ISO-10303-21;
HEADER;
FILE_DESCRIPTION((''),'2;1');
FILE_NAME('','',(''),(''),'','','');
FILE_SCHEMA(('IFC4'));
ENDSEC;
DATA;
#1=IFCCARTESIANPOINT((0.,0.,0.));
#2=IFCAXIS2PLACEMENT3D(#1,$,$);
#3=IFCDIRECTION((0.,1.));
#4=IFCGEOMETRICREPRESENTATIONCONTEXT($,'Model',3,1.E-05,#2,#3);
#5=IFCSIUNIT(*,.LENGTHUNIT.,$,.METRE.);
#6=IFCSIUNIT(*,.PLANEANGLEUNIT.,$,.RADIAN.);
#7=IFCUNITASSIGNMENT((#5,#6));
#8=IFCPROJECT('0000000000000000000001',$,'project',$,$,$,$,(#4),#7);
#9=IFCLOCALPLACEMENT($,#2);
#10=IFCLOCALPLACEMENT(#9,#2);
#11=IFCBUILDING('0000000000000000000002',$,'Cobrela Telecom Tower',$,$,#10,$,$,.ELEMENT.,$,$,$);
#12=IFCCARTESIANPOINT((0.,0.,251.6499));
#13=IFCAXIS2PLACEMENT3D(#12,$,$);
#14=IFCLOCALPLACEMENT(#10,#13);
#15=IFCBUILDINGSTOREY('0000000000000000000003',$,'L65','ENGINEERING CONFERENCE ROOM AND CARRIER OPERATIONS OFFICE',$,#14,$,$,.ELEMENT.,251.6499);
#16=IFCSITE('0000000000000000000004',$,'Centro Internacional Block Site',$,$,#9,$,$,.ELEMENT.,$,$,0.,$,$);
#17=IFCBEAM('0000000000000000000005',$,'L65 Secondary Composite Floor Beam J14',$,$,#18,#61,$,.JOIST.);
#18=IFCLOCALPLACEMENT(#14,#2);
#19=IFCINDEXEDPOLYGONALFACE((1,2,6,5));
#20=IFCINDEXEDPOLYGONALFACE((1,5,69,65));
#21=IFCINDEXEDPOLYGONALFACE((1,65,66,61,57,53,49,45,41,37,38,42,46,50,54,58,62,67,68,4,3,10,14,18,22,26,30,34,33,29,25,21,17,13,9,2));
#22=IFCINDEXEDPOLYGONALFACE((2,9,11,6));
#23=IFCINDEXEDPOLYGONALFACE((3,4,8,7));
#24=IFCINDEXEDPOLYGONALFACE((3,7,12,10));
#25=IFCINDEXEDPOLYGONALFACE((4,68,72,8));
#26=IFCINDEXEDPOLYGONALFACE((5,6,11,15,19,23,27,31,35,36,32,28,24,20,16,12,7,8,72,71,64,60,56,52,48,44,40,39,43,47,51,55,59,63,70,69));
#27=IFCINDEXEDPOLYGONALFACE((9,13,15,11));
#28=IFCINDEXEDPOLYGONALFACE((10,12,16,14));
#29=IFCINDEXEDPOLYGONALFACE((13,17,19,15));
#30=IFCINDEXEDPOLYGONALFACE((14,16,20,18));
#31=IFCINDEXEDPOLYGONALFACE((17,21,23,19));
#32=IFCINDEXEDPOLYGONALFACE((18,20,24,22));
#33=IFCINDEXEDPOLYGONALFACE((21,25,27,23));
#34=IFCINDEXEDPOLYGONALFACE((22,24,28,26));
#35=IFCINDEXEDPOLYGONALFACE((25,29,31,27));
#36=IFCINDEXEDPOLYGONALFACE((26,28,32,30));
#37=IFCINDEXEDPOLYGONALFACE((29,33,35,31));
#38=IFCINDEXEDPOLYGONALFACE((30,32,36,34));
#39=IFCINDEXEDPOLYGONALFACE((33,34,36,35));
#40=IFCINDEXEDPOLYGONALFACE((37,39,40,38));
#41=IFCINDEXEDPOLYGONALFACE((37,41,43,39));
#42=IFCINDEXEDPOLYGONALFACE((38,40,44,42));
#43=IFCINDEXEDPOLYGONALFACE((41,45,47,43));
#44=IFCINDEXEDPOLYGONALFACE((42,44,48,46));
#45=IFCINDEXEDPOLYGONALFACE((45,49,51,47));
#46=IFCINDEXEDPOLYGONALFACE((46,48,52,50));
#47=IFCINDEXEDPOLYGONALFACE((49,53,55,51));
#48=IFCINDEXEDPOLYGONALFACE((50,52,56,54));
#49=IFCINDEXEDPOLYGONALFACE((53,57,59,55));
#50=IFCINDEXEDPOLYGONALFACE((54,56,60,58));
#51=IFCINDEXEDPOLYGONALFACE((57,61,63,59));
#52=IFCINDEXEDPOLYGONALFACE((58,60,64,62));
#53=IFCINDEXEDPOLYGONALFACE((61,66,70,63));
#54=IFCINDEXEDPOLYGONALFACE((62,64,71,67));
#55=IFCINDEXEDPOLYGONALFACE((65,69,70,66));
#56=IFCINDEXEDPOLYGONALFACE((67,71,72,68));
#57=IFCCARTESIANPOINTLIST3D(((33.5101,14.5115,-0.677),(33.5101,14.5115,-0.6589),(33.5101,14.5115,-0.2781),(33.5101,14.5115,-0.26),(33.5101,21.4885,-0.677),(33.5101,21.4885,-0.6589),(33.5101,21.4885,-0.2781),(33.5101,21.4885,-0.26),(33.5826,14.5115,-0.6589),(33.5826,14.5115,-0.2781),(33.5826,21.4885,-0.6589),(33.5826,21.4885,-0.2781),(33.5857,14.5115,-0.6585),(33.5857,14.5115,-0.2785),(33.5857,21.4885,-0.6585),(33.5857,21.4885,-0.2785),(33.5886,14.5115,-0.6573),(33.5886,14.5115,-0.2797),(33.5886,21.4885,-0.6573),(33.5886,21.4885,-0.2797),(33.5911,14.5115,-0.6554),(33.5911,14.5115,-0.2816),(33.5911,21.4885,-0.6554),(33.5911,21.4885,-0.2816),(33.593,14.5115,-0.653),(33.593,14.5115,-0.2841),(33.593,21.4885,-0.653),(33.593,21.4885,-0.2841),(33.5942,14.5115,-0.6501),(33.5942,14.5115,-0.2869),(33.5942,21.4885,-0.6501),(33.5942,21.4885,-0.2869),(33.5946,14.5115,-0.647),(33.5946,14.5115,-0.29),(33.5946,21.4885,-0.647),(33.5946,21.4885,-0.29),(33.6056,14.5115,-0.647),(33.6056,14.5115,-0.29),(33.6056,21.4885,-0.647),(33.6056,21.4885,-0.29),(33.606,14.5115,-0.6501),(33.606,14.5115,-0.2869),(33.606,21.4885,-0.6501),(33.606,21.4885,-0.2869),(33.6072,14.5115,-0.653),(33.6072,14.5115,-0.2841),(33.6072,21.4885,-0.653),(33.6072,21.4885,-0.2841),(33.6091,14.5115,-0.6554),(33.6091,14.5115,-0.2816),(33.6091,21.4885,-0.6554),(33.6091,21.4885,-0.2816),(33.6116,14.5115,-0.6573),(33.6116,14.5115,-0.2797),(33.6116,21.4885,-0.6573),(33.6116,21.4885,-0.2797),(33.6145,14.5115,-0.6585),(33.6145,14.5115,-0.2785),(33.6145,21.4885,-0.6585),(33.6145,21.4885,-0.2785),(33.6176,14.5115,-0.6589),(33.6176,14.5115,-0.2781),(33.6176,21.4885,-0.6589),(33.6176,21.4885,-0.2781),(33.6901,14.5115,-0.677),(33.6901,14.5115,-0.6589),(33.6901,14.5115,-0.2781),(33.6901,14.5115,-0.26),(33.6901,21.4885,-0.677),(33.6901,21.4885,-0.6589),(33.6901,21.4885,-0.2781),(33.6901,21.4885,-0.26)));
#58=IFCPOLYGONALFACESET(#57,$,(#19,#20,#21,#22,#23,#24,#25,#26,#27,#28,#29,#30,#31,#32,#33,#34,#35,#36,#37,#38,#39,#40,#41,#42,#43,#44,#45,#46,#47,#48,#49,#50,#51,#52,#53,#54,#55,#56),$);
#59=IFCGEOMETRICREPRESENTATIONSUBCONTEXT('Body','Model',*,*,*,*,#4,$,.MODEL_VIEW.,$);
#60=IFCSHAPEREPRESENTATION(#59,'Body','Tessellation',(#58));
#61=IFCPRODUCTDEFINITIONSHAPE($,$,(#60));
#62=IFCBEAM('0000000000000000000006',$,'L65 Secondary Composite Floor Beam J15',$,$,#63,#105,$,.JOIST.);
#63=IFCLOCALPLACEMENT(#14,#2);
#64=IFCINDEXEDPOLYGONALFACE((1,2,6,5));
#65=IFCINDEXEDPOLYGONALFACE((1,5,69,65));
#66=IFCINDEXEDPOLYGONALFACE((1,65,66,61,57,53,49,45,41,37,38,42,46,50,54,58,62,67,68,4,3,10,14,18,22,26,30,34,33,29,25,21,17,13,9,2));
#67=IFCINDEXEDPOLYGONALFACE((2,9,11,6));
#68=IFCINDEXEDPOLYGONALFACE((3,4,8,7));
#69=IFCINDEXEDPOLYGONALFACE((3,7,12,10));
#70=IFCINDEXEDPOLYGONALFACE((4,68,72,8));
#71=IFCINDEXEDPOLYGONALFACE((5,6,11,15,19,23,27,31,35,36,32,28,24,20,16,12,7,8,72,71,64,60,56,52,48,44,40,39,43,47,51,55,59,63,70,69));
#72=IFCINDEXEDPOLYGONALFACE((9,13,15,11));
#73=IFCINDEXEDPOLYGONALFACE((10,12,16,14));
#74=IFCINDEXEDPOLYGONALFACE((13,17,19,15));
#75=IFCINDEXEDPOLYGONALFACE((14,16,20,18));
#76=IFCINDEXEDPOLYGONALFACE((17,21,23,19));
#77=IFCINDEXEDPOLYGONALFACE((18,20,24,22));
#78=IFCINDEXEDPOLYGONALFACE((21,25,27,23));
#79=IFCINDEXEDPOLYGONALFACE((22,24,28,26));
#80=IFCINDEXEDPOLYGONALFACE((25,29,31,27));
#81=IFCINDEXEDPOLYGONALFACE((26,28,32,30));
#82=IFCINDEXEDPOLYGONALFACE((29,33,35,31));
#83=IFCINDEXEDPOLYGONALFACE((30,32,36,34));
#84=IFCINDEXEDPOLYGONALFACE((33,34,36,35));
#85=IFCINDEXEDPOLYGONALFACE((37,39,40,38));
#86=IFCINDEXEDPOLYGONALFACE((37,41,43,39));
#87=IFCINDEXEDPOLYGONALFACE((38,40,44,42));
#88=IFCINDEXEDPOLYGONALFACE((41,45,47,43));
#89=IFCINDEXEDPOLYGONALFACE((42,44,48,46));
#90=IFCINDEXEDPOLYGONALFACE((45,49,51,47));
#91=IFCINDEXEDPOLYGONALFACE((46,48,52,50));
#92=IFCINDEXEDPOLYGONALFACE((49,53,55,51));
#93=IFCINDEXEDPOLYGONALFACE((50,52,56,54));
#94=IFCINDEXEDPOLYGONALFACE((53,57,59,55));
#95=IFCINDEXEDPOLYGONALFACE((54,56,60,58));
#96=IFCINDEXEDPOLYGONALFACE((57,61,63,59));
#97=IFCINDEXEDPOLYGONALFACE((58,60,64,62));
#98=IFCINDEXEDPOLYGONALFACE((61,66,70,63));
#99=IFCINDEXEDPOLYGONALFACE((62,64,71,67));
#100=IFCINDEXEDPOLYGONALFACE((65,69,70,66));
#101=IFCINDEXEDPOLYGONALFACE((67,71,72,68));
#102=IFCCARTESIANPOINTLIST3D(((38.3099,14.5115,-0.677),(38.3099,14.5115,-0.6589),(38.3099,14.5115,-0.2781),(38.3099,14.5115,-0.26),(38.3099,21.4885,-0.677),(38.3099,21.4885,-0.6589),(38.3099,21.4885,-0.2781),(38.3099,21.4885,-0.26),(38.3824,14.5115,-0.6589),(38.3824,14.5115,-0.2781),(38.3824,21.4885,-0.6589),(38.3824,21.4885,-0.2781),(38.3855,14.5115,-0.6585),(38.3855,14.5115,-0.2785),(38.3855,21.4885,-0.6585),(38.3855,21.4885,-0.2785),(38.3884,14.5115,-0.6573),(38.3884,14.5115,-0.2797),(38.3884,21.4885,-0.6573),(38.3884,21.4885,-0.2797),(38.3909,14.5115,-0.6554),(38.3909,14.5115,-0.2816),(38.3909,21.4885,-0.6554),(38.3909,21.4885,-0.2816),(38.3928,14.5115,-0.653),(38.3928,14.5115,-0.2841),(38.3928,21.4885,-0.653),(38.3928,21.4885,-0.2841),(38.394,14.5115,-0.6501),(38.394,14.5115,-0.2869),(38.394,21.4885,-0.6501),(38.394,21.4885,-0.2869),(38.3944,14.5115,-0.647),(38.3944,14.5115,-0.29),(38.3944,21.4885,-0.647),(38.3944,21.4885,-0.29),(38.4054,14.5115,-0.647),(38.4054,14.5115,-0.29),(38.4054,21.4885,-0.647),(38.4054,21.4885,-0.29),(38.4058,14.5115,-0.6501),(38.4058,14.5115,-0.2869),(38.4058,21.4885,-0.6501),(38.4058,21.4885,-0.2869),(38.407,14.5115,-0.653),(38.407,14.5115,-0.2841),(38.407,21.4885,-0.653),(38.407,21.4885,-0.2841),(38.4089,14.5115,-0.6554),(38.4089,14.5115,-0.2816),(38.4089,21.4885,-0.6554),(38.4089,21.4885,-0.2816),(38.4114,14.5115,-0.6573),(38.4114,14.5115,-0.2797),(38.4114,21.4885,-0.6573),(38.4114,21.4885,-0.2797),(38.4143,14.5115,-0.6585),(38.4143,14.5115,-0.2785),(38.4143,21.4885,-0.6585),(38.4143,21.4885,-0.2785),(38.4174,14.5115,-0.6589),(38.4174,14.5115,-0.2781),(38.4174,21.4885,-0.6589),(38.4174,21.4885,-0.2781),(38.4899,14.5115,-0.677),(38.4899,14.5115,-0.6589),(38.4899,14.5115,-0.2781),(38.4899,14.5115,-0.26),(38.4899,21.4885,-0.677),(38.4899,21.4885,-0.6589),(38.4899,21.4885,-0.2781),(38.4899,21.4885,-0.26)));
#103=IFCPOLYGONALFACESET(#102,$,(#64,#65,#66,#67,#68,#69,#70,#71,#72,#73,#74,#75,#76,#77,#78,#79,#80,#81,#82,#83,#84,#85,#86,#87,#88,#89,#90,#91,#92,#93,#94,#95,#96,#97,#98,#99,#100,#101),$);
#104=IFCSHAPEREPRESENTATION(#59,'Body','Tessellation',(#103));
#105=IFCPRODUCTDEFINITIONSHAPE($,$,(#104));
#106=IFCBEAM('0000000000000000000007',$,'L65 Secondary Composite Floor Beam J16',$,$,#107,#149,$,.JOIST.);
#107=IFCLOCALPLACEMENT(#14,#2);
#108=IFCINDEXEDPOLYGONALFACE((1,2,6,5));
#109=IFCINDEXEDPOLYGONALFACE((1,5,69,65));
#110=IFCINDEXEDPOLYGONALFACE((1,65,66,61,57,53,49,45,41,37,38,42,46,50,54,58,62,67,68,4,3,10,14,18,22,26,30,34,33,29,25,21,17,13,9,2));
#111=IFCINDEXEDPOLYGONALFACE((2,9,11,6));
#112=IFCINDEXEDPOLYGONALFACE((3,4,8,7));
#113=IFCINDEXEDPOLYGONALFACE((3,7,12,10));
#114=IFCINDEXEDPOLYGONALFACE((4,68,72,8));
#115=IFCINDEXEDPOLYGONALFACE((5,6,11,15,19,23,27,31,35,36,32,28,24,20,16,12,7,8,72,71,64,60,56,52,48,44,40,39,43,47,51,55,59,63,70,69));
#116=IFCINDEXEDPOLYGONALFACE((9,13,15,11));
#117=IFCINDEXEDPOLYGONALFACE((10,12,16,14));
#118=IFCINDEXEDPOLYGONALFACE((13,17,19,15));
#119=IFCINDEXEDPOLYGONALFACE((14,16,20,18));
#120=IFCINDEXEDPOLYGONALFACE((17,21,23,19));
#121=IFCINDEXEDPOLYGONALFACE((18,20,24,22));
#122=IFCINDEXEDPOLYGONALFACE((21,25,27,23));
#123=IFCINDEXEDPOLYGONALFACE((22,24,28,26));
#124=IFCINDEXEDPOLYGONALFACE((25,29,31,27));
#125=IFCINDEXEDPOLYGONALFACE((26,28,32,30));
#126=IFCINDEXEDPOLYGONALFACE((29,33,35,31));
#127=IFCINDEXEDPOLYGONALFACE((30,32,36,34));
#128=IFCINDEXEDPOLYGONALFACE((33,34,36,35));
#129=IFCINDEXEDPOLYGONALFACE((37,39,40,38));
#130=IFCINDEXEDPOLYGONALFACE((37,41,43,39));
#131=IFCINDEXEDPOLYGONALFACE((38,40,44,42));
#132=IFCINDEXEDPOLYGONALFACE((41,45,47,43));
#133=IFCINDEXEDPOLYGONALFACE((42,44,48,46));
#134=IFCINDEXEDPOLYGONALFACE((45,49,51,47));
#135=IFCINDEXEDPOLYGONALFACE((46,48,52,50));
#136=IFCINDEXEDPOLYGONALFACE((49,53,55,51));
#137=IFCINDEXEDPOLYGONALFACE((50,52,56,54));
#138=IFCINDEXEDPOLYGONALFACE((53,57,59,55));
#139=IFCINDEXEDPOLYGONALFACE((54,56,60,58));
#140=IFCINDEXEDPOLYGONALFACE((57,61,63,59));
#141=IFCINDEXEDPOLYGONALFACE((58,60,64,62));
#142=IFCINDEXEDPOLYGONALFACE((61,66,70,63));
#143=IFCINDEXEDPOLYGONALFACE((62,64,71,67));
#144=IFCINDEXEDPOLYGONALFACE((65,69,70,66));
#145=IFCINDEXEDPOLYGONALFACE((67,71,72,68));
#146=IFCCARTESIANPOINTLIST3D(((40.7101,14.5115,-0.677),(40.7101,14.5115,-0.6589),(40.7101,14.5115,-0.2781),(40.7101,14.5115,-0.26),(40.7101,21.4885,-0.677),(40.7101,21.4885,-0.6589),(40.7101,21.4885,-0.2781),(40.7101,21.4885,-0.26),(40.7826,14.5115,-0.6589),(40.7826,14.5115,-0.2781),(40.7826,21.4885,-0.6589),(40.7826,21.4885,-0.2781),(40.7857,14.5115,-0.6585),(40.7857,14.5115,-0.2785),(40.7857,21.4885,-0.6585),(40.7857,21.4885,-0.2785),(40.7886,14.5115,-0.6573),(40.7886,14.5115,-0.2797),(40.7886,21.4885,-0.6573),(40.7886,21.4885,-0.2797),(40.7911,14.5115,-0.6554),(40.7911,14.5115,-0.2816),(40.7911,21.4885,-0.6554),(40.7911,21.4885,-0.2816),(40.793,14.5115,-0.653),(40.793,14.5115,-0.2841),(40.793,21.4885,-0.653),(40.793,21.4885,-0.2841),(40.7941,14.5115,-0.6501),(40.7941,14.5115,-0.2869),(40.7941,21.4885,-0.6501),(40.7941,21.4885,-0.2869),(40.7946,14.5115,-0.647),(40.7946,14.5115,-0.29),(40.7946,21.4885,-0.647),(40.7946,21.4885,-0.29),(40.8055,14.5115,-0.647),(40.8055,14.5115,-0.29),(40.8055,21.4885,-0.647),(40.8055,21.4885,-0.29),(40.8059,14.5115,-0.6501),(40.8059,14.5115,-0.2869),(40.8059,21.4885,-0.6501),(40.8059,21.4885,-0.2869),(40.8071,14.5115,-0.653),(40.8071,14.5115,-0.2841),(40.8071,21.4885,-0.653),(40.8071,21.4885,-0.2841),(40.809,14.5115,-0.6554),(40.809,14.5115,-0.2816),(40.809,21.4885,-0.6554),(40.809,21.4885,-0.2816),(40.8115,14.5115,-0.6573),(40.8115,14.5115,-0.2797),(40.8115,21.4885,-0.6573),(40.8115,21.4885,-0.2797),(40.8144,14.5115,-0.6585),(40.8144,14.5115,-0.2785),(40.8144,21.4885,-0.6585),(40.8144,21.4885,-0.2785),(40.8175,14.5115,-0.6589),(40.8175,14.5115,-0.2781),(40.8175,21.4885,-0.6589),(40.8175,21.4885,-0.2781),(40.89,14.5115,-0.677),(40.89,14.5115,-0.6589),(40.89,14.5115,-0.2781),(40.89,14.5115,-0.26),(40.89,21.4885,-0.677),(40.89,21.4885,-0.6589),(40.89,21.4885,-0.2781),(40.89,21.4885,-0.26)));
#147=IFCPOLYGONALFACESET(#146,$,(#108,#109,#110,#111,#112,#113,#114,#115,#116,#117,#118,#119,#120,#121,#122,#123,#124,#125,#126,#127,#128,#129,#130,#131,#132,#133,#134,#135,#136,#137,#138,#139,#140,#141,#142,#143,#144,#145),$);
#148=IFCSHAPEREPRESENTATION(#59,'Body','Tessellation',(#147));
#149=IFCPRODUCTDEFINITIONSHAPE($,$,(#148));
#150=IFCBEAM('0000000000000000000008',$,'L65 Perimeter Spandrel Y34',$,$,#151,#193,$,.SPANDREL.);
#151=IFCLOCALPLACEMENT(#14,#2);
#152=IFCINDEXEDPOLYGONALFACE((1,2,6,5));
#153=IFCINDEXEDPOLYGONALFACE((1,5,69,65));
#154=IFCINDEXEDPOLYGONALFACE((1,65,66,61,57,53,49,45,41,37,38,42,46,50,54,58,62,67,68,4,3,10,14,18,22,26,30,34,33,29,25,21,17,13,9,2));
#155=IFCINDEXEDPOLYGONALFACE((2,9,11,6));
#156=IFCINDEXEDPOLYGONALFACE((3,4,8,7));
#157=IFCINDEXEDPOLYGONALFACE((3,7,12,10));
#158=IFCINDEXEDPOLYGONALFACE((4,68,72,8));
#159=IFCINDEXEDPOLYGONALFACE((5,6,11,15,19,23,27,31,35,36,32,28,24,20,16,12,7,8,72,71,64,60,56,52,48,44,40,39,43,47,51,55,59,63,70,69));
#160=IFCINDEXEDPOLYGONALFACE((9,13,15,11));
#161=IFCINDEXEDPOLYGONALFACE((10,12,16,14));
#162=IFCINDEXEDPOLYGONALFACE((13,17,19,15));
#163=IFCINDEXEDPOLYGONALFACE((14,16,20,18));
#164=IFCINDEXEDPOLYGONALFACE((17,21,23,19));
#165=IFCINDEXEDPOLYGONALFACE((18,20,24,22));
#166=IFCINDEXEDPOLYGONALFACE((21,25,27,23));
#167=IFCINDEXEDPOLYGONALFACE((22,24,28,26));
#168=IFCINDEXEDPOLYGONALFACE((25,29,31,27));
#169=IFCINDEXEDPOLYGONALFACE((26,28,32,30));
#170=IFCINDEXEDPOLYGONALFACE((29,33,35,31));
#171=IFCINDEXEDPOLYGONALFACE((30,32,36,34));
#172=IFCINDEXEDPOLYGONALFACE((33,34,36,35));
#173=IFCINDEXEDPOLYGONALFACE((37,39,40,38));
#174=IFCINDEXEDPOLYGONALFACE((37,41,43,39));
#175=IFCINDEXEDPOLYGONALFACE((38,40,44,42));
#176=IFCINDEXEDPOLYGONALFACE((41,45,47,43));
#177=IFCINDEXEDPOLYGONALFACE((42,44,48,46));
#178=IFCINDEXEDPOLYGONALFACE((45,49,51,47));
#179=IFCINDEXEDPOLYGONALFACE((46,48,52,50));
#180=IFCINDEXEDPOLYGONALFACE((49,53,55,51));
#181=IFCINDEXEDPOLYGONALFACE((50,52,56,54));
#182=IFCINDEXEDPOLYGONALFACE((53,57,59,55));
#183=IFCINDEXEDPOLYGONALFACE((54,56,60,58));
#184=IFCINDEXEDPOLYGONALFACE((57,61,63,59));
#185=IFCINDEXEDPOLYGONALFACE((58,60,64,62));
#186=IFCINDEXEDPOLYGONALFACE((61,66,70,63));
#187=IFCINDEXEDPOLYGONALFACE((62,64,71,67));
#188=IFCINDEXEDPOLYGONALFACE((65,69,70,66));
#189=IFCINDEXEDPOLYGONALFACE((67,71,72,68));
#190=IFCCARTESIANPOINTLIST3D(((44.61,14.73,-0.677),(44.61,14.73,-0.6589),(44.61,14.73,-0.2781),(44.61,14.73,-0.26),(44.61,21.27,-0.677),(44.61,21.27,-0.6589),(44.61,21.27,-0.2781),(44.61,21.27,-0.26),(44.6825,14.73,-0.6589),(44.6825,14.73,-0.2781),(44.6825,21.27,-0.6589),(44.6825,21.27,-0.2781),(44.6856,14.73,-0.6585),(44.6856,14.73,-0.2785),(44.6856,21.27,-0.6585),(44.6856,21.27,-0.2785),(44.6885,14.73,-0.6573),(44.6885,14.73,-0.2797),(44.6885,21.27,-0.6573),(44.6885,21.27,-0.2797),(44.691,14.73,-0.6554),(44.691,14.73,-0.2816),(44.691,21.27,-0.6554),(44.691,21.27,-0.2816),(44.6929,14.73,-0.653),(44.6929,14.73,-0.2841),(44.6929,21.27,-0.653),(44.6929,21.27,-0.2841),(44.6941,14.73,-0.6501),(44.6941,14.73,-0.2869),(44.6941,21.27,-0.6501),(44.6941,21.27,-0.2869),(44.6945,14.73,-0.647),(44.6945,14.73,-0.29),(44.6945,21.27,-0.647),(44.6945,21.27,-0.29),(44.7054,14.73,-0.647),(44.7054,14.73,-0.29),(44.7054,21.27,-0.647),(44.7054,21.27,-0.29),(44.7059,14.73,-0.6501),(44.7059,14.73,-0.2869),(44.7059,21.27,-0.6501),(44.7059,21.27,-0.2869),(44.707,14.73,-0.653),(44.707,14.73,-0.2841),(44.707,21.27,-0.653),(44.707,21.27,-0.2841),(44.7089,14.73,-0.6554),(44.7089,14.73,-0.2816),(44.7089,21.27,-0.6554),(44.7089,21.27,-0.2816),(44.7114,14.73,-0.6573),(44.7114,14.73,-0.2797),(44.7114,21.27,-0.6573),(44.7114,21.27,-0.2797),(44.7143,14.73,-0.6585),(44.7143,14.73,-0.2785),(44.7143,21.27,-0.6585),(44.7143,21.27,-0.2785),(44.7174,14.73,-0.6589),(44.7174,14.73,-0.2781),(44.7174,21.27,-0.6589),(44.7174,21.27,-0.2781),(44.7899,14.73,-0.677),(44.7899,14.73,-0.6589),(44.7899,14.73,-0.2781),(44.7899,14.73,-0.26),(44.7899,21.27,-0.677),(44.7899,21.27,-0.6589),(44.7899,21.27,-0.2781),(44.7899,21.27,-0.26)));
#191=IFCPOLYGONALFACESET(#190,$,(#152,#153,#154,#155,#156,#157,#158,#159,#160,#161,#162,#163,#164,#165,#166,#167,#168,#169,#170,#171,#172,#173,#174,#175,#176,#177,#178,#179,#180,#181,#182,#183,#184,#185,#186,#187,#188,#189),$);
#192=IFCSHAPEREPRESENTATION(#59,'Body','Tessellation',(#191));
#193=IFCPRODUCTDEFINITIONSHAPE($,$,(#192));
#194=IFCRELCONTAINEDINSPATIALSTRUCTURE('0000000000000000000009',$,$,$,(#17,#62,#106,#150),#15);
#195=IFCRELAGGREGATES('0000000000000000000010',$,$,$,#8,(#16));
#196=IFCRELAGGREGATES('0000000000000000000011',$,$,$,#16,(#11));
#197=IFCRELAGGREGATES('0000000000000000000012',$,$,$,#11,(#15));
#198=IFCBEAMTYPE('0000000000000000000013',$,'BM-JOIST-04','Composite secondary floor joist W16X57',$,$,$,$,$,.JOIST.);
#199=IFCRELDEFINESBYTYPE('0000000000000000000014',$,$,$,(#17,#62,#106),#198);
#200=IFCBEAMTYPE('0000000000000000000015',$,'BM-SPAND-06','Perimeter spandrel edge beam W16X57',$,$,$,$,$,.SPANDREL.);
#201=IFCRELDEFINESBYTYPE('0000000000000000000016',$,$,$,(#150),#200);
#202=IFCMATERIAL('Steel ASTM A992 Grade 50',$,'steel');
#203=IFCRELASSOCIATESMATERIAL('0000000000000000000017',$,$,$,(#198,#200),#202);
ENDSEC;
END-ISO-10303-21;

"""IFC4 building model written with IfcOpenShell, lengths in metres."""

from ifc_helpers import new_model, si_unit, direction, frame, origin, origin_2d, place, context, subcontext, project, spatial, i_section, extrude, material, material_profile, profile_set, type_object, element, save


model = new_model("IFC4")

# Units and contexts
model_context = context("Model", 3, precision=1e-05, world=origin(), true_north=direction((0.0, 1.0)))
body_context = subcontext(model_context, "Body", "Model", "MODEL_VIEW")
ifc_project = project(units=[si_unit("LENGTHUNIT", "METRE"), si_unit("PLANEANGLEUNIT", "RADIAN")], contexts=[model_context])

# Site, building, storey
site_placement = place(None, origin())
site = spatial("IfcSite", under=ifc_project, at=site_placement, Name="Centro Internacional Block Site", CompositionType="ELEMENT", RefElevation=0.0)
building_placement = place(site_placement, origin())
building = spatial("IfcBuilding", under=site, at=building_placement, Name="Cobrela Telecom Tower", CompositionType="ELEMENT")
storey_placement = place(building_placement, frame((0.0, 0.0, 251.6499)))
storey = spatial("IfcBuildingStorey", under=building, at=storey_placement, Name="L65", Description="ENGINEERING CONFERENCE ROOM AND CARRIER OPERATIONS OFFICE", CompositionType="ELEMENT", Elevation=251.6499)

# Shared definitions
ifc_material_1 = material(Name="Steel ASTM A992 Grade 50", Category="steel")

# Beams
ifc_material_profile_1 = material_profile(ifc_material_1, i_section(OverallWidth=0.1799, OverallDepth=0.417, WebThickness=0.011, FlangeThickness=0.0181, FilletRadius=0.012, at=origin_2d()), Name="W16X57")
ifc_profile_set_1 = profile_set([ifc_material_profile_1], Name="Steel ASTM A992 Grade 50")
beam_type_1 = type_object("IfcBeamType", Name="BM-JOIST-04", Description="Composite secondary floor joist W16X57", PredefinedType="JOIST", material=ifc_profile_set_1)
for number, where, z_axis, x_axis, name in (
    (1, (33.6001, 14.5115, -0.4685), (0.0, 1.0, 0.0), (-1.0, 0.0, 0.0), "L65 Secondary Composite Floor Beam J14"),
    (2, (38.3999, 14.5115, -0.4685), (0.0, 1.0, 0.0), (-1.0, 0.0, 0.0), "L65 Secondary Composite Floor Beam J15"),
    (3, (40.8, 14.5115, -0.4685), (0.0, 1.0, 0.0), (-1.0, 0.0, 0.0), "L65 Secondary Composite Floor Beam J16"),
):
    element("IfcBeam", number, at=place(storey_placement, frame(where, z_axis=z_axis, x_axis=x_axis)), inside=storey, type_object=beam_type_1, Name=name, PredefinedType="JOIST", context=body_context, shape_type="SweptSolid", body=[
        extrude(i_section(OverallWidth=0.1799, OverallDepth=0.417, WebThickness=0.011, FlangeThickness=0.0181, FilletRadius=0.012, at=origin_2d()), origin(), (0.0, 0.0, 1.0), 6.9771),
    ])
ifc_material_profile_2 = material_profile(ifc_material_1, i_section(OverallWidth=0.1799, OverallDepth=0.417, WebThickness=0.011, FlangeThickness=0.0181, FilletRadius=0.012, at=origin_2d()), Name="W16X57")
ifc_profile_set_2 = profile_set([ifc_material_profile_2], Name="Steel ASTM A992 Grade 50")
beam_type_2 = type_object("IfcBeamType", Name="BM-SPAND-06", Description="Perimeter spandrel edge beam W16X57", PredefinedType="SPANDREL", material=ifc_profile_set_2)
beam_1_placement = place(storey_placement, frame((44.7, 14.73, -0.4685), z_axis=(0.0, 1.0, 0.0), x_axis=(-1.0, 0.0, 0.0)))
element("IfcBeam", 4, at=beam_1_placement, inside=storey, type_object=beam_type_2, Name="L65 Perimeter Spandrel Y34", PredefinedType="SPANDREL", context=body_context, shape_type="SweptSolid", body=[
    extrude(i_section(OverallWidth=0.1799, OverallDepth=0.417, WebThickness=0.011, FlangeThickness=0.0181, FilletRadius=0.012, at=origin_2d()), origin(), (0.0, 0.0, 1.0), 6.54),
])

save(model, "model.ifc")
